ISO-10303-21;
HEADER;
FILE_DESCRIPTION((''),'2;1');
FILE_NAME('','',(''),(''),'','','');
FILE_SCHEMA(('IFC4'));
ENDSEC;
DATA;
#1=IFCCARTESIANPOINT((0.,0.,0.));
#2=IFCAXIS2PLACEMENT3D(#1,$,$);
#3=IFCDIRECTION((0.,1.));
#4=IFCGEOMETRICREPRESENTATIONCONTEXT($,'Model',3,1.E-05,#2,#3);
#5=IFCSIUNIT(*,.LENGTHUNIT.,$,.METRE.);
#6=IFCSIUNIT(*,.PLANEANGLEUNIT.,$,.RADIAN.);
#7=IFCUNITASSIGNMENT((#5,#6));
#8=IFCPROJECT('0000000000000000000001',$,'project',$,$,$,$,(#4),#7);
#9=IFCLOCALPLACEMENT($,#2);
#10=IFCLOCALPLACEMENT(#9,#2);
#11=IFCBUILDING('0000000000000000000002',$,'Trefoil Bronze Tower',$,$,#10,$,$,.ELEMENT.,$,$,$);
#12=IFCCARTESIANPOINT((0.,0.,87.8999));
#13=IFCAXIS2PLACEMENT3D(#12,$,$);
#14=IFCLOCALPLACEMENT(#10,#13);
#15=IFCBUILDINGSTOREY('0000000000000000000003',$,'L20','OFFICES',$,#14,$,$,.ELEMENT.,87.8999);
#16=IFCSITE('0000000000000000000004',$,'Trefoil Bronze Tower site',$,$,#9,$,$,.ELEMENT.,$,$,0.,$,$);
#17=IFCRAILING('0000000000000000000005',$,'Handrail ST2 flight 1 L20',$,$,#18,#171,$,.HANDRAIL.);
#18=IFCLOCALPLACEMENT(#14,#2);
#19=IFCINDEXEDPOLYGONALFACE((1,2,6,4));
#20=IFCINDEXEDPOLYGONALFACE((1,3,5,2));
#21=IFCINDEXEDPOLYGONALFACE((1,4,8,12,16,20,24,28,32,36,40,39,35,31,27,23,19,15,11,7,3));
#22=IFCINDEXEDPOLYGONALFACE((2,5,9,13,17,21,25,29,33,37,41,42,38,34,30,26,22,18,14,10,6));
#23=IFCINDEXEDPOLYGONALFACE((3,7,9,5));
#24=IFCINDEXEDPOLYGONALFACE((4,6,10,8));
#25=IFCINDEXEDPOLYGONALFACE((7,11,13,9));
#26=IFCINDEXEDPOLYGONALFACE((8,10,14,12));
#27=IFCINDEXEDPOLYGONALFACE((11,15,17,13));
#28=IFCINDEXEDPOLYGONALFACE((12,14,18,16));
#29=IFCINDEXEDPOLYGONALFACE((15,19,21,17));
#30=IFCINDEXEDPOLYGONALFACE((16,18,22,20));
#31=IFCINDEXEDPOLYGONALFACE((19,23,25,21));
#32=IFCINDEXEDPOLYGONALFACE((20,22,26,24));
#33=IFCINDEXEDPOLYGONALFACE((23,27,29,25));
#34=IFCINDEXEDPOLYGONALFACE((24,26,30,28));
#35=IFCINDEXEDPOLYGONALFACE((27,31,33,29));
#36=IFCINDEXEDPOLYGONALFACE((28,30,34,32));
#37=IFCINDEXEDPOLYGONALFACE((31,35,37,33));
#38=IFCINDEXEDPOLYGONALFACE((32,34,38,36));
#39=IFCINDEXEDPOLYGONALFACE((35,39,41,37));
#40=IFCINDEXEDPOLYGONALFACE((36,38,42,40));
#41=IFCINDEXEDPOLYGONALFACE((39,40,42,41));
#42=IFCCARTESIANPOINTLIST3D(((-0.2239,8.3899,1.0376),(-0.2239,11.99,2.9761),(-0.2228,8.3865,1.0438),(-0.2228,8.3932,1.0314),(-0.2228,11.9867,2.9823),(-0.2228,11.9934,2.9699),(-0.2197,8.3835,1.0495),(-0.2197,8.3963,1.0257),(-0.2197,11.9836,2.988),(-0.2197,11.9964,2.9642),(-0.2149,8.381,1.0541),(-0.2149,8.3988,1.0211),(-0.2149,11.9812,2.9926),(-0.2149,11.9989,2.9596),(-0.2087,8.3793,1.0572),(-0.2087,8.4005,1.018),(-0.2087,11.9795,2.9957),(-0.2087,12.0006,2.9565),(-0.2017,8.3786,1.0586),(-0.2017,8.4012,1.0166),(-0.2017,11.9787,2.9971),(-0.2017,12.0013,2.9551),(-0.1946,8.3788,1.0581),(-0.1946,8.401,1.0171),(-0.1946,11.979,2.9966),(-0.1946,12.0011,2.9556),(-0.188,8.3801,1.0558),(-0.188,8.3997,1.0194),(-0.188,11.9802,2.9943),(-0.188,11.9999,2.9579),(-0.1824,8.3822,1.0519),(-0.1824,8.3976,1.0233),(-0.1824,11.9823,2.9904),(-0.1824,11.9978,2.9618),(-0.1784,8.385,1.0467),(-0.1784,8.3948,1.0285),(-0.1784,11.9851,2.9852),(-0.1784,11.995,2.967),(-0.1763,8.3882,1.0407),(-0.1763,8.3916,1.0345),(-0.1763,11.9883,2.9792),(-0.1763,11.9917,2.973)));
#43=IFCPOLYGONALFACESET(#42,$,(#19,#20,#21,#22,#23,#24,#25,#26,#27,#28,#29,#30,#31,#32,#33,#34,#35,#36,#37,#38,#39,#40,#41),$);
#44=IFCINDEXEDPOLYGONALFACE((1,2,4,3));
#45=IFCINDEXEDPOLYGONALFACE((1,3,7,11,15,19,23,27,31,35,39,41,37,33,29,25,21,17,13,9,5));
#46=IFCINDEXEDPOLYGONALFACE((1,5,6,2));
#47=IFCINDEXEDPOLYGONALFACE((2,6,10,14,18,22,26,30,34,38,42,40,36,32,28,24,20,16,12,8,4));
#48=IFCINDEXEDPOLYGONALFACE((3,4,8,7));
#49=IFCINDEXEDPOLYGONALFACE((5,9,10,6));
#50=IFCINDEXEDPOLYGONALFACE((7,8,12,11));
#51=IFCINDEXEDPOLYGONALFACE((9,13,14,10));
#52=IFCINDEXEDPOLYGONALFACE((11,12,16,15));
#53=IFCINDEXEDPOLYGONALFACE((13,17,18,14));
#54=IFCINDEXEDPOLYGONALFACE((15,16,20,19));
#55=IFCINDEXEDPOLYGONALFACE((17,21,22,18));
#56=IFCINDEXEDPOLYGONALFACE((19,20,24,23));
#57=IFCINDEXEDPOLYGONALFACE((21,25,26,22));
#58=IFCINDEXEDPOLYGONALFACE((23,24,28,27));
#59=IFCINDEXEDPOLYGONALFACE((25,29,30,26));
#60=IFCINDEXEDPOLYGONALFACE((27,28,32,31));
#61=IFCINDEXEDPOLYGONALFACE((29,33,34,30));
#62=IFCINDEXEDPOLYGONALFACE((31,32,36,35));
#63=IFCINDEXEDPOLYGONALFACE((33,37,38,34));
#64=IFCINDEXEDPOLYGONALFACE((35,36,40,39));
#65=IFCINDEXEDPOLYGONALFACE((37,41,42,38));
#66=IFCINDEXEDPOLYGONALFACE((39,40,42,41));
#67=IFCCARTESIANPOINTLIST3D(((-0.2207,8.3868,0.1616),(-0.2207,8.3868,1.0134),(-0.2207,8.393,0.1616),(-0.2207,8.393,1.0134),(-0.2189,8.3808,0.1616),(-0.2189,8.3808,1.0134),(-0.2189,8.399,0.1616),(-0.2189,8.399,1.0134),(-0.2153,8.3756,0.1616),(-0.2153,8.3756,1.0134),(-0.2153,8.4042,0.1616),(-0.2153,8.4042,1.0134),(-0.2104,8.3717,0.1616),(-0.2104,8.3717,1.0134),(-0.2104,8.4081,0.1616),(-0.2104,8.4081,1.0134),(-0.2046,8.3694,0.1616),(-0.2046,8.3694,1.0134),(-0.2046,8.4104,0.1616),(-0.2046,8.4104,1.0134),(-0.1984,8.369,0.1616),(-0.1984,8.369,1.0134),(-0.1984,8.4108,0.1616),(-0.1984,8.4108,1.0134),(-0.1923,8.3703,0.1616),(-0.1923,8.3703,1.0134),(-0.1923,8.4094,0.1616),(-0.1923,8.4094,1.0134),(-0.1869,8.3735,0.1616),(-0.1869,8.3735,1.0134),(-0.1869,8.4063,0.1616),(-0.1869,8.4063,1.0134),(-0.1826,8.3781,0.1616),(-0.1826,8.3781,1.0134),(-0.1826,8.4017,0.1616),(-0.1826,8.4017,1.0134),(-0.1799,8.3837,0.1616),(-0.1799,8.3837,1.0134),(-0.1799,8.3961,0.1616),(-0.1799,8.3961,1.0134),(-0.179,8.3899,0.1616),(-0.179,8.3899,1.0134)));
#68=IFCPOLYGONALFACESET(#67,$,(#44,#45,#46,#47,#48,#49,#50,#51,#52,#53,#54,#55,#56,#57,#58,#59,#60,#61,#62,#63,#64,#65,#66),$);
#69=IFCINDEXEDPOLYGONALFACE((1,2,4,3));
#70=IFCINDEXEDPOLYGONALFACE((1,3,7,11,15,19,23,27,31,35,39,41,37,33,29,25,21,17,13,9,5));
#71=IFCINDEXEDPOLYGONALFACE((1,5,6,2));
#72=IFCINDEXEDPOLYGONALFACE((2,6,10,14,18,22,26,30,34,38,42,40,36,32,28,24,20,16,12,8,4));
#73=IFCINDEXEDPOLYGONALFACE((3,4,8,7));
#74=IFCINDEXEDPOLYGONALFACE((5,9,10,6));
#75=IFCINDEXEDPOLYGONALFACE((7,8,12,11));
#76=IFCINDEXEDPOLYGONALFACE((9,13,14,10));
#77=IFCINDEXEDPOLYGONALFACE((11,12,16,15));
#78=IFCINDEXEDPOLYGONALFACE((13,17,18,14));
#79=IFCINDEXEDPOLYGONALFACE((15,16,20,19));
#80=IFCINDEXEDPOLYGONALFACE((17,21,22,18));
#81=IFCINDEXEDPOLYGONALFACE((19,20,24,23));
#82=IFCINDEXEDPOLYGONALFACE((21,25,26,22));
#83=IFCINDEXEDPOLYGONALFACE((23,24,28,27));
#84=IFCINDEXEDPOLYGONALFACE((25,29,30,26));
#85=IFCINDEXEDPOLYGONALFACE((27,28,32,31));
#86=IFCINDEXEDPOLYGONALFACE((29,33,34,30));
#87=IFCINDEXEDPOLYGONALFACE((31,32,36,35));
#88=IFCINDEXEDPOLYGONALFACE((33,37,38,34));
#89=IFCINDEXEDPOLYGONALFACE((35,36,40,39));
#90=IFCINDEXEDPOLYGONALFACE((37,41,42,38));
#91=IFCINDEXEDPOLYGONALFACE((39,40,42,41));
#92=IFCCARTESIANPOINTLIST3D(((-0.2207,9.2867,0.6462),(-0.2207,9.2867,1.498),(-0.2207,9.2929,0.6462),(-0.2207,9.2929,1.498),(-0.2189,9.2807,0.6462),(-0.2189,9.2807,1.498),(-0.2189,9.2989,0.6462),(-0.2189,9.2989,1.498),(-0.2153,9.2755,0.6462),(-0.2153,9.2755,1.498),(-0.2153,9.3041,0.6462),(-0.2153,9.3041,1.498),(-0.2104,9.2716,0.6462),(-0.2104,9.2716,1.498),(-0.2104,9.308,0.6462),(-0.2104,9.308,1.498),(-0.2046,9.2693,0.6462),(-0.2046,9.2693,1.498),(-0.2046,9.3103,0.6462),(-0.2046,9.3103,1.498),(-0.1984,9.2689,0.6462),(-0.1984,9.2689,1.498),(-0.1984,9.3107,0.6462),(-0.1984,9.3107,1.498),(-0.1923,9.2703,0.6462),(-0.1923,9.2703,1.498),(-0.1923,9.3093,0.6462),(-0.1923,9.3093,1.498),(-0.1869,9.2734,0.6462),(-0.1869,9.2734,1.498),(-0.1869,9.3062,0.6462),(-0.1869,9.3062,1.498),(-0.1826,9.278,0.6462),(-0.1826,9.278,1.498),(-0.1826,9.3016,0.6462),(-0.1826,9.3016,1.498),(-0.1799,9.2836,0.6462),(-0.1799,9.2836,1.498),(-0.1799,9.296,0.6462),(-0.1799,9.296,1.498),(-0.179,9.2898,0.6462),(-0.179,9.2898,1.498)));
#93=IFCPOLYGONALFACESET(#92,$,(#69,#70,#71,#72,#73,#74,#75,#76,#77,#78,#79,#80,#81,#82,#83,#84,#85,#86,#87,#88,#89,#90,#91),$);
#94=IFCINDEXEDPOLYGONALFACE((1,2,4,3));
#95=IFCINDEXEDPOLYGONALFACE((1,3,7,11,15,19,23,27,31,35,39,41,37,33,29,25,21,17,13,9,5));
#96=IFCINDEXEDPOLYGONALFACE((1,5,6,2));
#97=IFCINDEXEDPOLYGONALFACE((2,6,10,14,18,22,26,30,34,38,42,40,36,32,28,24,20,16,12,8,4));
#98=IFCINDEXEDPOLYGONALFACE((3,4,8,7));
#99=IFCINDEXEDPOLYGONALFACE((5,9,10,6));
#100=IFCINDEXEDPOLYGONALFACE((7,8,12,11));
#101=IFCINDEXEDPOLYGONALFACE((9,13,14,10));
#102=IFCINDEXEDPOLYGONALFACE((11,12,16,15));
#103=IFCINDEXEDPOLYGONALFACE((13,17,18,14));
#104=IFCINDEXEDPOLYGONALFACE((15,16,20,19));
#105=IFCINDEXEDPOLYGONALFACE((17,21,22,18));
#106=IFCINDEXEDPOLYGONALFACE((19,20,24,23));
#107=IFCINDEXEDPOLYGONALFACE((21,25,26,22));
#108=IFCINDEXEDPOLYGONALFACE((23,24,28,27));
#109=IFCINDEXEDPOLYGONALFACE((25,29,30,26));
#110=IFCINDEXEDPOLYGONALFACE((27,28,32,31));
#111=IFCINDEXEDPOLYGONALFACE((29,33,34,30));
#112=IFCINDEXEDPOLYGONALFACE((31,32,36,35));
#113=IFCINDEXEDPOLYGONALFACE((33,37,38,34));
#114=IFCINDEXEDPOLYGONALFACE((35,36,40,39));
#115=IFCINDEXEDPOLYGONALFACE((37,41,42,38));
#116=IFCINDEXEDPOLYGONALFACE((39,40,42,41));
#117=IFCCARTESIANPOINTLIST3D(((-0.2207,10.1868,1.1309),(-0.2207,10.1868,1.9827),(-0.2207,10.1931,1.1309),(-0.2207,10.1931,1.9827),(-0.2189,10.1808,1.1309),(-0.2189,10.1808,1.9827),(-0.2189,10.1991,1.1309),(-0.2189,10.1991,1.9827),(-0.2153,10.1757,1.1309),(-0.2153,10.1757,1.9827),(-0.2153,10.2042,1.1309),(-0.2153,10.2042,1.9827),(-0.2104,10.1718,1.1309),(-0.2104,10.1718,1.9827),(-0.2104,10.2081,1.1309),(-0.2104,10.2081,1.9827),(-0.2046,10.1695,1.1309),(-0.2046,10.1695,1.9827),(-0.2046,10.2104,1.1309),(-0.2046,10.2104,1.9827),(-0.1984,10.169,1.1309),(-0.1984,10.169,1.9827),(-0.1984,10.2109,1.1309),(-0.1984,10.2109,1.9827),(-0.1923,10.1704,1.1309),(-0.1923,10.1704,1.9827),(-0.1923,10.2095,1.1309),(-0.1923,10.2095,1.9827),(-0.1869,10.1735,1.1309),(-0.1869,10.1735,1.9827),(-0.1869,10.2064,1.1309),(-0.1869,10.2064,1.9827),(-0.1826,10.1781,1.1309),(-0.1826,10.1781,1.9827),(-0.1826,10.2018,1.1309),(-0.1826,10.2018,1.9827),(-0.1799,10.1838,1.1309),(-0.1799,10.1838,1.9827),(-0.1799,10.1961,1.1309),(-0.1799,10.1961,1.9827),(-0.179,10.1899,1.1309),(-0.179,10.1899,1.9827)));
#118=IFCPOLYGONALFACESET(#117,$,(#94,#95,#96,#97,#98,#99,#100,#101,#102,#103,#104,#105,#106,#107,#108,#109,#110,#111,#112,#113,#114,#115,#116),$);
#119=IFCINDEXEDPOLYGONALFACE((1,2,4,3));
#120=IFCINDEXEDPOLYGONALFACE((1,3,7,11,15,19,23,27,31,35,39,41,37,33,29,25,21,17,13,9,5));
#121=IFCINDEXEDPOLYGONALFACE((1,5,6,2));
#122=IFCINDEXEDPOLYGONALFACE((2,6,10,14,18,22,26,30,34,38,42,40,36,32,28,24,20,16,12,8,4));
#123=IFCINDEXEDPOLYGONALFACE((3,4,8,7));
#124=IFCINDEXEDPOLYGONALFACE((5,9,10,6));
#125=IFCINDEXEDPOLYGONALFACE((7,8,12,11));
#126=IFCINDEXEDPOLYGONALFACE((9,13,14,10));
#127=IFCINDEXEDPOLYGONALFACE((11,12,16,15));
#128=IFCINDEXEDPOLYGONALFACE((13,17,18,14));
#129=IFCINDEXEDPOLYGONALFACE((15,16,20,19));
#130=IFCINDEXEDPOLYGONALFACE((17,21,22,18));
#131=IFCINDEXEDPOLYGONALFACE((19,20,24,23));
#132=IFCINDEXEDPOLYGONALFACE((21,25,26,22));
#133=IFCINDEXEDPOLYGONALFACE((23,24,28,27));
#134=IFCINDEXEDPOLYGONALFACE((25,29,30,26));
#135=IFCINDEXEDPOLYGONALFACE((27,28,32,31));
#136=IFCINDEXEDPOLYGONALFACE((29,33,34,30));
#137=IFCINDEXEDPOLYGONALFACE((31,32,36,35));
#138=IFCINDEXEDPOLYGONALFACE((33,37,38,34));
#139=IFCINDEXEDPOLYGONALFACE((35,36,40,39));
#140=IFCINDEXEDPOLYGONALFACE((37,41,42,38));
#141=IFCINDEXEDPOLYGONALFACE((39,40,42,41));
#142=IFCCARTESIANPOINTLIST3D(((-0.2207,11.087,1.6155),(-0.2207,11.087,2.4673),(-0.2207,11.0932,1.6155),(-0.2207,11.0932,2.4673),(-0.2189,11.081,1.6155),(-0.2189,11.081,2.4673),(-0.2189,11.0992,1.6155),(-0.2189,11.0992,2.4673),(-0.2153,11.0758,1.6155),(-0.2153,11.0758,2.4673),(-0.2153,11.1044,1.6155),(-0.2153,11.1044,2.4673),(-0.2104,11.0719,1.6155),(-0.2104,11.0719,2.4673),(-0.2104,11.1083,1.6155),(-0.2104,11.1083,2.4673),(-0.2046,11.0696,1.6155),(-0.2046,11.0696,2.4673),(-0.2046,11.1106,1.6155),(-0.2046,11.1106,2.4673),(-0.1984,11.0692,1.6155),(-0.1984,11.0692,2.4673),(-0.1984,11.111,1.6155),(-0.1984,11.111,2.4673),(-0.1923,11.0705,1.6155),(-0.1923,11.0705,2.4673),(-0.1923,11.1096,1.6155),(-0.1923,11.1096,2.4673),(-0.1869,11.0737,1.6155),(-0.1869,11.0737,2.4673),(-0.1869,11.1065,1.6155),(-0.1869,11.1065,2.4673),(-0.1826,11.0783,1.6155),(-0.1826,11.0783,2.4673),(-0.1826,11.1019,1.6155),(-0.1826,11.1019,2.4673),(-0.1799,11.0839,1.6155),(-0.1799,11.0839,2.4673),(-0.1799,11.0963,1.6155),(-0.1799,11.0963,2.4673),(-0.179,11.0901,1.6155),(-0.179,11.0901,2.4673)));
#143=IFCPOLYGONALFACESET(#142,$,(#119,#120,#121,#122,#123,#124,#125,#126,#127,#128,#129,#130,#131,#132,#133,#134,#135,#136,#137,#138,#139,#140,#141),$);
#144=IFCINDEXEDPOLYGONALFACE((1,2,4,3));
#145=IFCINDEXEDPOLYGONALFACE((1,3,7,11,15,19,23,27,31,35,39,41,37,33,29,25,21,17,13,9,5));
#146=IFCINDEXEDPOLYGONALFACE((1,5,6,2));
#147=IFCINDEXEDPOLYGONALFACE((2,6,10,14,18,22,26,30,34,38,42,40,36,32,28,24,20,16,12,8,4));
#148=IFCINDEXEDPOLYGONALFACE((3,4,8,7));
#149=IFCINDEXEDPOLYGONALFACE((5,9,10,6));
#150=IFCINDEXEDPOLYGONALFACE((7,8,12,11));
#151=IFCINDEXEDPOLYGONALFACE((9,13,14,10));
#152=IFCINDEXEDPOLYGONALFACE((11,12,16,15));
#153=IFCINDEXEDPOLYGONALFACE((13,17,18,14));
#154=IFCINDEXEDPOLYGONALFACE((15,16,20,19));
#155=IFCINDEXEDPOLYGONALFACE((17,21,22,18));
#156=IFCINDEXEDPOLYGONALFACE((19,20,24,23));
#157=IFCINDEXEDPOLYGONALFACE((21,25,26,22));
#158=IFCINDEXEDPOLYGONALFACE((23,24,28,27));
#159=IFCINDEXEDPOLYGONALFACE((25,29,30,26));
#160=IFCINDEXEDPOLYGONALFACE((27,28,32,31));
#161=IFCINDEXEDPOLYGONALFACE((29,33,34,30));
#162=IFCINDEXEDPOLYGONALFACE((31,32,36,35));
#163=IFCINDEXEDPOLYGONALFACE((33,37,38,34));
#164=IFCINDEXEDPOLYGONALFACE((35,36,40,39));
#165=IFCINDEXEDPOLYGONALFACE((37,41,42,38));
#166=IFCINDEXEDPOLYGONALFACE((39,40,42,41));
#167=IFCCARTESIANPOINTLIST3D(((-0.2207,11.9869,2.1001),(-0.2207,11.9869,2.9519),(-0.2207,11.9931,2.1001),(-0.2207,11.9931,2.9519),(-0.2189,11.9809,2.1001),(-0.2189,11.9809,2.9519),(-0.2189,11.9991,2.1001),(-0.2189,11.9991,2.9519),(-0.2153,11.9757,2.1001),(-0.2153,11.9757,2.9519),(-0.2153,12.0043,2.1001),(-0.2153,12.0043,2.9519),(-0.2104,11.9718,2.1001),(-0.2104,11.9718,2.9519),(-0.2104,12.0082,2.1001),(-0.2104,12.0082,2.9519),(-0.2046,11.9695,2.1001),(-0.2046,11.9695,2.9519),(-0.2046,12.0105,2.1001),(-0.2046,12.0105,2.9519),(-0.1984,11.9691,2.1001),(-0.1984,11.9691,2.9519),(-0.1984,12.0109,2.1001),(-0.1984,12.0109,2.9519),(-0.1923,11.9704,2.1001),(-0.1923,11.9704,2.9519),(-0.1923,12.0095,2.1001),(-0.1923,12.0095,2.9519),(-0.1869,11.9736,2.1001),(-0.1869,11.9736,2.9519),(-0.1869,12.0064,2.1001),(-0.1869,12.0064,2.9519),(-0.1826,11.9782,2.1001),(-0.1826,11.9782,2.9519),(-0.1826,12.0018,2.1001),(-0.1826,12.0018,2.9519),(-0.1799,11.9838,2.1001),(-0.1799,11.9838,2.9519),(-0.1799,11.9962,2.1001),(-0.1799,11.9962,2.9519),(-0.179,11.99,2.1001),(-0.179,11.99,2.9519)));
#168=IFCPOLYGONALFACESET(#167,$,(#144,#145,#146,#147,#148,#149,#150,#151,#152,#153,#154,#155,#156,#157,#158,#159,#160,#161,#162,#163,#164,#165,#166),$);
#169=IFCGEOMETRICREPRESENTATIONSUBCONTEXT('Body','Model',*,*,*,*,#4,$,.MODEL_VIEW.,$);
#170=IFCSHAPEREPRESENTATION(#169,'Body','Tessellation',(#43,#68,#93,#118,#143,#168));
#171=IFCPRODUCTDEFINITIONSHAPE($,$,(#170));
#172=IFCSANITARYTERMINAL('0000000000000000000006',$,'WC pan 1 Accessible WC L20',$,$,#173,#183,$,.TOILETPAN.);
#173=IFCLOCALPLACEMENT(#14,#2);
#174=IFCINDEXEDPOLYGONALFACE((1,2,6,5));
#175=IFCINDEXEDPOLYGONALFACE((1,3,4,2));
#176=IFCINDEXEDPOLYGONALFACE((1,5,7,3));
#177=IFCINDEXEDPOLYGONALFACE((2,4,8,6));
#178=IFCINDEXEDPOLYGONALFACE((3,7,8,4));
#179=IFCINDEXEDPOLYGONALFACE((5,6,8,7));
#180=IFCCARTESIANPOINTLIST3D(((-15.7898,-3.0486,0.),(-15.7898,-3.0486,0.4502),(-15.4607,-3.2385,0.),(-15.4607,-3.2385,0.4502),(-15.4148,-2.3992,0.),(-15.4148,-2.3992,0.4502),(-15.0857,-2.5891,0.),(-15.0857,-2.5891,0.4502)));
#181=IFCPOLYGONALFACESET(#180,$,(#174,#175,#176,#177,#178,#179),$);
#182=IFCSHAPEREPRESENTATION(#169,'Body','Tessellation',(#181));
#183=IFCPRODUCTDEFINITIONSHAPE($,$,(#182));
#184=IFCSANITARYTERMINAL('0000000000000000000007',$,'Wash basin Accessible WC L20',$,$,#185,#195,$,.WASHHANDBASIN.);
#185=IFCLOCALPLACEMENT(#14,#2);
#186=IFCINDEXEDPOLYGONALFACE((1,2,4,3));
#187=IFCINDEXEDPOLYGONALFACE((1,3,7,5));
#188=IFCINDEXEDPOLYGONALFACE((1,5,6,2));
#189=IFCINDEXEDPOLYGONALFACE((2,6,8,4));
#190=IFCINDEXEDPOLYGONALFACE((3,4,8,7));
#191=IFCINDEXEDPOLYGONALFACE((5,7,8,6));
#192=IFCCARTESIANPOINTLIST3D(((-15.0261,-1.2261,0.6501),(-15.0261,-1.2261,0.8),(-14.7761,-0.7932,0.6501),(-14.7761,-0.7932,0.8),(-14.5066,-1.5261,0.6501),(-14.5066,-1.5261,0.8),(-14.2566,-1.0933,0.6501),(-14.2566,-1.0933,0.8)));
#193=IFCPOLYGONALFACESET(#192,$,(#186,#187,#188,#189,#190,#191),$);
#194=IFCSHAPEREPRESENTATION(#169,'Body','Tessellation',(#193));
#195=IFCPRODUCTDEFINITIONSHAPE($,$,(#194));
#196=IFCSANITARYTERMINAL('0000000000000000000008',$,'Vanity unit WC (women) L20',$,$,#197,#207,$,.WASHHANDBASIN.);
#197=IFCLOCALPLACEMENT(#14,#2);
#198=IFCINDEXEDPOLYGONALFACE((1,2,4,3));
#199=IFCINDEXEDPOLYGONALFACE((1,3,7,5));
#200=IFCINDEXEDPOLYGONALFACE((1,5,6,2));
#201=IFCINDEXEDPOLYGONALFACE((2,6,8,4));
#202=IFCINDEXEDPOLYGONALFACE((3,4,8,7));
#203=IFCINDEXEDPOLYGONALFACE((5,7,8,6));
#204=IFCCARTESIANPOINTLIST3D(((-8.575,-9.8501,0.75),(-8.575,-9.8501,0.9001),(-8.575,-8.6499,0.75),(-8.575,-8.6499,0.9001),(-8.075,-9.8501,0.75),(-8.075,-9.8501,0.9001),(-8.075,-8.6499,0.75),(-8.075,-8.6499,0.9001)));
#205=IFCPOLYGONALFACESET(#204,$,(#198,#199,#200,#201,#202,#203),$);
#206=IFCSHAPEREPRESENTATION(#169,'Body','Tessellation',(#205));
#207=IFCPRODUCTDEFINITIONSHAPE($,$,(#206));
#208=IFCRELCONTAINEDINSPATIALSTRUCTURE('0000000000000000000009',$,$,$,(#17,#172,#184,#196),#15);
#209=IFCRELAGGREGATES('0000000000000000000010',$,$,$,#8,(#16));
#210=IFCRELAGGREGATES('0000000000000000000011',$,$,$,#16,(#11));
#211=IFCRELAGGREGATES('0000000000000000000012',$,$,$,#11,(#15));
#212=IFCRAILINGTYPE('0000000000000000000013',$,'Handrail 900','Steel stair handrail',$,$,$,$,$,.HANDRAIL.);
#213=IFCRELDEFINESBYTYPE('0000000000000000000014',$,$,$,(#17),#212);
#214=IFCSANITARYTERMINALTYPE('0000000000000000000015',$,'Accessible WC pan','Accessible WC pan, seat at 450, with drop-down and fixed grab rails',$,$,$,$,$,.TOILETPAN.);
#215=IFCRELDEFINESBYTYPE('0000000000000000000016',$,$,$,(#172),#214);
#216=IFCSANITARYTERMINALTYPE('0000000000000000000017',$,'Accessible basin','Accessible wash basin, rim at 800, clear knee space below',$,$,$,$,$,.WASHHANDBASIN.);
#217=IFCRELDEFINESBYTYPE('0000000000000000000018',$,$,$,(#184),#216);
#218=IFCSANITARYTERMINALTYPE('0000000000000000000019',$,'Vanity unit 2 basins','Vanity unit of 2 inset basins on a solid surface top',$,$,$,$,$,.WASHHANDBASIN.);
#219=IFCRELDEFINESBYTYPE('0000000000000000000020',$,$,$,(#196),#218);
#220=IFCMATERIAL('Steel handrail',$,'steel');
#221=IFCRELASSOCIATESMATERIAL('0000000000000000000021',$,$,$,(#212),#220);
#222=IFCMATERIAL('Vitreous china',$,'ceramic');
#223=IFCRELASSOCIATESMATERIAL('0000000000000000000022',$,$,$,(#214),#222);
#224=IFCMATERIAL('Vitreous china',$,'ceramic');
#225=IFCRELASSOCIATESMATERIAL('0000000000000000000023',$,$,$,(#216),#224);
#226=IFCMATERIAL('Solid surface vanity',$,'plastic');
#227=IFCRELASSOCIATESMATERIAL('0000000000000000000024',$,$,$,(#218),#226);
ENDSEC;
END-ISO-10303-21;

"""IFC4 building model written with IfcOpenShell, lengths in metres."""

from ifc_helpers import new_model, si_unit, direction, frame, origin, origin_2d, place, context, subcontext, project, spatial, polyline, circle, outline, extrude, material, type_object, element, save


model = new_model("IFC4")

# Units and contexts
model_context = context("Model", 3, precision=1e-05, world=origin(), true_north=direction((0.0, 1.0)))
body_context = subcontext(model_context, "Body", "Model", "MODEL_VIEW")
ifc_project = project(units=[si_unit("LENGTHUNIT", "METRE"), si_unit("PLANEANGLEUNIT", "RADIAN")], contexts=[model_context])

# Site, building, storey
site_placement = place(None, origin())
site = spatial("IfcSite", under=ifc_project, at=site_placement, Name="Trefoil Bronze Tower site", CompositionType="ELEMENT", RefElevation=0.0)
building_placement = place(site_placement, origin())
building = spatial("IfcBuilding", under=site, at=building_placement, Name="Trefoil Bronze Tower", CompositionType="ELEMENT")
storey_placement = place(building_placement, frame((0.0, 0.0, 87.8999)))
storey = spatial("IfcBuildingStorey", under=building, at=storey_placement, Name="L20", Description="OFFICES", CompositionType="ELEMENT", Elevation=87.8999)

# Railing
ifc_material_1 = material(Name="Steel handrail", Category="steel")
railing_type = type_object("IfcRailingType", Name="Handrail 900", Description="Steel stair handrail", PredefinedType="HANDRAIL", material=ifc_material_1)
railing_placement = place(storey_placement, frame((-0.2, 8.3899, 0.1616)))
element("IfcRailing", 1, at=railing_placement, inside=storey, type_object=railing_type, Name="Handrail ST2 flight 1 L20", PredefinedType="HANDRAIL", context=body_context, shape_type="SweptSolid", body=[
    extrude(circle(Radius=0.0239, at=origin_2d()), frame((0.0, 0.0, 0.876), z_axis=(0.0, 0.880475, 0.474093), x_axis=(-1.0, 0.0, 0.0)), (0.0, 0.0, 1.0), 4.0889),
    extrude(circle(Radius=0.021, at=origin_2d()), origin(), (0.0, 0.0, 1.0), 0.8518),
    extrude(circle(Radius=0.021, at=origin_2d()), frame((0.0, 0.8999, 0.4846)), (0.0, 0.0, 1.0), 0.8518),
    extrude(circle(Radius=0.021, at=origin_2d()), frame((0.0, 1.8, 0.9692)), (0.0, 0.0, 1.0), 0.8518),
    extrude(circle(Radius=0.021, at=origin_2d()), frame((0.0, 2.7002, 1.4539)), (0.0, 0.0, 1.0), 0.8518),
    extrude(circle(Radius=0.021, at=origin_2d()), frame((0.0, 3.6001, 1.9385)), (0.0, 0.0, 1.0), 0.8518),
])

# Sanitary terminals
ifc_material_2 = material(Name="Vitreous china", Category="ceramic")
sanitary_terminal_type_1 = type_object("IfcSanitaryTerminalType", Name="Accessible WC pan", Description="Accessible WC pan, seat at 450, with drop-down and fixed grab rails", PredefinedType="TOILETPAN", material=ifc_material_2)
sanitary_terminal_1_placement = place(storey_placement, origin())
element("IfcSanitaryTerminal", 2, at=sanitary_terminal_1_placement, inside=storey, type_object=sanitary_terminal_type_1, Name="WC pan 1 Accessible WC L20", PredefinedType="TOILETPAN", context=body_context, shape_type="SweptSolid", body=[
    extrude(outline(polyline([(-15.0857, -2.5891), (-15.4607, -3.2385), (-15.7898, -3.0486), (-15.4148, -2.3992), (-15.0857, -2.5891)])), origin(), (0.0, 0.0, 1.0), 0.4502),
])
ifc_material_3 = material(Name="Vitreous china", Category="ceramic")
sanitary_terminal_type_2 = type_object("IfcSanitaryTerminalType", Name="Accessible basin", Description="Accessible wash basin, rim at 800, clear knee space below", PredefinedType="WASHHANDBASIN", material=ifc_material_3)
sanitary_terminal_2_placement = place(storey_placement, frame((0.0, 0.0, 0.6501)))
element("IfcSanitaryTerminal", 3, at=sanitary_terminal_2_placement, inside=storey, type_object=sanitary_terminal_type_2, Name="Wash basin Accessible WC L20", PredefinedType="WASHHANDBASIN", context=body_context, shape_type="SweptSolid", body=[
    extrude(outline(polyline([(-14.2566, -1.0933), (-14.5066, -1.5261), (-15.0261, -1.2261), (-14.7761, -0.7932), (-14.2566, -1.0933)])), origin(), (0.0, 0.0, 1.0), 0.1499),
])
ifc_material_4 = material(Name="Solid surface vanity", Category="plastic")
sanitary_terminal_type_3 = type_object("IfcSanitaryTerminalType", Name="Vanity unit 2 basins", Description="Vanity unit of 2 inset basins on a solid surface top", PredefinedType="WASHHANDBASIN", material=ifc_material_4)
sanitary_terminal_3_placement = place(storey_placement, frame((0.0, 0.0, 0.75)))
element("IfcSanitaryTerminal", 4, at=sanitary_terminal_3_placement, inside=storey, type_object=sanitary_terminal_type_3, Name="Vanity unit WC (women) L20", PredefinedType="WASHHANDBASIN", context=body_context, shape_type="SweptSolid", body=[
    extrude(outline(polyline([(-8.075, -8.6499), (-8.575, -8.6499), (-8.575, -9.8501), (-8.075, -9.8501), (-8.075, -8.6499)])), origin(), (0.0, 0.0, 1.0), 0.1501),
])

save(model, "model.ifc")
